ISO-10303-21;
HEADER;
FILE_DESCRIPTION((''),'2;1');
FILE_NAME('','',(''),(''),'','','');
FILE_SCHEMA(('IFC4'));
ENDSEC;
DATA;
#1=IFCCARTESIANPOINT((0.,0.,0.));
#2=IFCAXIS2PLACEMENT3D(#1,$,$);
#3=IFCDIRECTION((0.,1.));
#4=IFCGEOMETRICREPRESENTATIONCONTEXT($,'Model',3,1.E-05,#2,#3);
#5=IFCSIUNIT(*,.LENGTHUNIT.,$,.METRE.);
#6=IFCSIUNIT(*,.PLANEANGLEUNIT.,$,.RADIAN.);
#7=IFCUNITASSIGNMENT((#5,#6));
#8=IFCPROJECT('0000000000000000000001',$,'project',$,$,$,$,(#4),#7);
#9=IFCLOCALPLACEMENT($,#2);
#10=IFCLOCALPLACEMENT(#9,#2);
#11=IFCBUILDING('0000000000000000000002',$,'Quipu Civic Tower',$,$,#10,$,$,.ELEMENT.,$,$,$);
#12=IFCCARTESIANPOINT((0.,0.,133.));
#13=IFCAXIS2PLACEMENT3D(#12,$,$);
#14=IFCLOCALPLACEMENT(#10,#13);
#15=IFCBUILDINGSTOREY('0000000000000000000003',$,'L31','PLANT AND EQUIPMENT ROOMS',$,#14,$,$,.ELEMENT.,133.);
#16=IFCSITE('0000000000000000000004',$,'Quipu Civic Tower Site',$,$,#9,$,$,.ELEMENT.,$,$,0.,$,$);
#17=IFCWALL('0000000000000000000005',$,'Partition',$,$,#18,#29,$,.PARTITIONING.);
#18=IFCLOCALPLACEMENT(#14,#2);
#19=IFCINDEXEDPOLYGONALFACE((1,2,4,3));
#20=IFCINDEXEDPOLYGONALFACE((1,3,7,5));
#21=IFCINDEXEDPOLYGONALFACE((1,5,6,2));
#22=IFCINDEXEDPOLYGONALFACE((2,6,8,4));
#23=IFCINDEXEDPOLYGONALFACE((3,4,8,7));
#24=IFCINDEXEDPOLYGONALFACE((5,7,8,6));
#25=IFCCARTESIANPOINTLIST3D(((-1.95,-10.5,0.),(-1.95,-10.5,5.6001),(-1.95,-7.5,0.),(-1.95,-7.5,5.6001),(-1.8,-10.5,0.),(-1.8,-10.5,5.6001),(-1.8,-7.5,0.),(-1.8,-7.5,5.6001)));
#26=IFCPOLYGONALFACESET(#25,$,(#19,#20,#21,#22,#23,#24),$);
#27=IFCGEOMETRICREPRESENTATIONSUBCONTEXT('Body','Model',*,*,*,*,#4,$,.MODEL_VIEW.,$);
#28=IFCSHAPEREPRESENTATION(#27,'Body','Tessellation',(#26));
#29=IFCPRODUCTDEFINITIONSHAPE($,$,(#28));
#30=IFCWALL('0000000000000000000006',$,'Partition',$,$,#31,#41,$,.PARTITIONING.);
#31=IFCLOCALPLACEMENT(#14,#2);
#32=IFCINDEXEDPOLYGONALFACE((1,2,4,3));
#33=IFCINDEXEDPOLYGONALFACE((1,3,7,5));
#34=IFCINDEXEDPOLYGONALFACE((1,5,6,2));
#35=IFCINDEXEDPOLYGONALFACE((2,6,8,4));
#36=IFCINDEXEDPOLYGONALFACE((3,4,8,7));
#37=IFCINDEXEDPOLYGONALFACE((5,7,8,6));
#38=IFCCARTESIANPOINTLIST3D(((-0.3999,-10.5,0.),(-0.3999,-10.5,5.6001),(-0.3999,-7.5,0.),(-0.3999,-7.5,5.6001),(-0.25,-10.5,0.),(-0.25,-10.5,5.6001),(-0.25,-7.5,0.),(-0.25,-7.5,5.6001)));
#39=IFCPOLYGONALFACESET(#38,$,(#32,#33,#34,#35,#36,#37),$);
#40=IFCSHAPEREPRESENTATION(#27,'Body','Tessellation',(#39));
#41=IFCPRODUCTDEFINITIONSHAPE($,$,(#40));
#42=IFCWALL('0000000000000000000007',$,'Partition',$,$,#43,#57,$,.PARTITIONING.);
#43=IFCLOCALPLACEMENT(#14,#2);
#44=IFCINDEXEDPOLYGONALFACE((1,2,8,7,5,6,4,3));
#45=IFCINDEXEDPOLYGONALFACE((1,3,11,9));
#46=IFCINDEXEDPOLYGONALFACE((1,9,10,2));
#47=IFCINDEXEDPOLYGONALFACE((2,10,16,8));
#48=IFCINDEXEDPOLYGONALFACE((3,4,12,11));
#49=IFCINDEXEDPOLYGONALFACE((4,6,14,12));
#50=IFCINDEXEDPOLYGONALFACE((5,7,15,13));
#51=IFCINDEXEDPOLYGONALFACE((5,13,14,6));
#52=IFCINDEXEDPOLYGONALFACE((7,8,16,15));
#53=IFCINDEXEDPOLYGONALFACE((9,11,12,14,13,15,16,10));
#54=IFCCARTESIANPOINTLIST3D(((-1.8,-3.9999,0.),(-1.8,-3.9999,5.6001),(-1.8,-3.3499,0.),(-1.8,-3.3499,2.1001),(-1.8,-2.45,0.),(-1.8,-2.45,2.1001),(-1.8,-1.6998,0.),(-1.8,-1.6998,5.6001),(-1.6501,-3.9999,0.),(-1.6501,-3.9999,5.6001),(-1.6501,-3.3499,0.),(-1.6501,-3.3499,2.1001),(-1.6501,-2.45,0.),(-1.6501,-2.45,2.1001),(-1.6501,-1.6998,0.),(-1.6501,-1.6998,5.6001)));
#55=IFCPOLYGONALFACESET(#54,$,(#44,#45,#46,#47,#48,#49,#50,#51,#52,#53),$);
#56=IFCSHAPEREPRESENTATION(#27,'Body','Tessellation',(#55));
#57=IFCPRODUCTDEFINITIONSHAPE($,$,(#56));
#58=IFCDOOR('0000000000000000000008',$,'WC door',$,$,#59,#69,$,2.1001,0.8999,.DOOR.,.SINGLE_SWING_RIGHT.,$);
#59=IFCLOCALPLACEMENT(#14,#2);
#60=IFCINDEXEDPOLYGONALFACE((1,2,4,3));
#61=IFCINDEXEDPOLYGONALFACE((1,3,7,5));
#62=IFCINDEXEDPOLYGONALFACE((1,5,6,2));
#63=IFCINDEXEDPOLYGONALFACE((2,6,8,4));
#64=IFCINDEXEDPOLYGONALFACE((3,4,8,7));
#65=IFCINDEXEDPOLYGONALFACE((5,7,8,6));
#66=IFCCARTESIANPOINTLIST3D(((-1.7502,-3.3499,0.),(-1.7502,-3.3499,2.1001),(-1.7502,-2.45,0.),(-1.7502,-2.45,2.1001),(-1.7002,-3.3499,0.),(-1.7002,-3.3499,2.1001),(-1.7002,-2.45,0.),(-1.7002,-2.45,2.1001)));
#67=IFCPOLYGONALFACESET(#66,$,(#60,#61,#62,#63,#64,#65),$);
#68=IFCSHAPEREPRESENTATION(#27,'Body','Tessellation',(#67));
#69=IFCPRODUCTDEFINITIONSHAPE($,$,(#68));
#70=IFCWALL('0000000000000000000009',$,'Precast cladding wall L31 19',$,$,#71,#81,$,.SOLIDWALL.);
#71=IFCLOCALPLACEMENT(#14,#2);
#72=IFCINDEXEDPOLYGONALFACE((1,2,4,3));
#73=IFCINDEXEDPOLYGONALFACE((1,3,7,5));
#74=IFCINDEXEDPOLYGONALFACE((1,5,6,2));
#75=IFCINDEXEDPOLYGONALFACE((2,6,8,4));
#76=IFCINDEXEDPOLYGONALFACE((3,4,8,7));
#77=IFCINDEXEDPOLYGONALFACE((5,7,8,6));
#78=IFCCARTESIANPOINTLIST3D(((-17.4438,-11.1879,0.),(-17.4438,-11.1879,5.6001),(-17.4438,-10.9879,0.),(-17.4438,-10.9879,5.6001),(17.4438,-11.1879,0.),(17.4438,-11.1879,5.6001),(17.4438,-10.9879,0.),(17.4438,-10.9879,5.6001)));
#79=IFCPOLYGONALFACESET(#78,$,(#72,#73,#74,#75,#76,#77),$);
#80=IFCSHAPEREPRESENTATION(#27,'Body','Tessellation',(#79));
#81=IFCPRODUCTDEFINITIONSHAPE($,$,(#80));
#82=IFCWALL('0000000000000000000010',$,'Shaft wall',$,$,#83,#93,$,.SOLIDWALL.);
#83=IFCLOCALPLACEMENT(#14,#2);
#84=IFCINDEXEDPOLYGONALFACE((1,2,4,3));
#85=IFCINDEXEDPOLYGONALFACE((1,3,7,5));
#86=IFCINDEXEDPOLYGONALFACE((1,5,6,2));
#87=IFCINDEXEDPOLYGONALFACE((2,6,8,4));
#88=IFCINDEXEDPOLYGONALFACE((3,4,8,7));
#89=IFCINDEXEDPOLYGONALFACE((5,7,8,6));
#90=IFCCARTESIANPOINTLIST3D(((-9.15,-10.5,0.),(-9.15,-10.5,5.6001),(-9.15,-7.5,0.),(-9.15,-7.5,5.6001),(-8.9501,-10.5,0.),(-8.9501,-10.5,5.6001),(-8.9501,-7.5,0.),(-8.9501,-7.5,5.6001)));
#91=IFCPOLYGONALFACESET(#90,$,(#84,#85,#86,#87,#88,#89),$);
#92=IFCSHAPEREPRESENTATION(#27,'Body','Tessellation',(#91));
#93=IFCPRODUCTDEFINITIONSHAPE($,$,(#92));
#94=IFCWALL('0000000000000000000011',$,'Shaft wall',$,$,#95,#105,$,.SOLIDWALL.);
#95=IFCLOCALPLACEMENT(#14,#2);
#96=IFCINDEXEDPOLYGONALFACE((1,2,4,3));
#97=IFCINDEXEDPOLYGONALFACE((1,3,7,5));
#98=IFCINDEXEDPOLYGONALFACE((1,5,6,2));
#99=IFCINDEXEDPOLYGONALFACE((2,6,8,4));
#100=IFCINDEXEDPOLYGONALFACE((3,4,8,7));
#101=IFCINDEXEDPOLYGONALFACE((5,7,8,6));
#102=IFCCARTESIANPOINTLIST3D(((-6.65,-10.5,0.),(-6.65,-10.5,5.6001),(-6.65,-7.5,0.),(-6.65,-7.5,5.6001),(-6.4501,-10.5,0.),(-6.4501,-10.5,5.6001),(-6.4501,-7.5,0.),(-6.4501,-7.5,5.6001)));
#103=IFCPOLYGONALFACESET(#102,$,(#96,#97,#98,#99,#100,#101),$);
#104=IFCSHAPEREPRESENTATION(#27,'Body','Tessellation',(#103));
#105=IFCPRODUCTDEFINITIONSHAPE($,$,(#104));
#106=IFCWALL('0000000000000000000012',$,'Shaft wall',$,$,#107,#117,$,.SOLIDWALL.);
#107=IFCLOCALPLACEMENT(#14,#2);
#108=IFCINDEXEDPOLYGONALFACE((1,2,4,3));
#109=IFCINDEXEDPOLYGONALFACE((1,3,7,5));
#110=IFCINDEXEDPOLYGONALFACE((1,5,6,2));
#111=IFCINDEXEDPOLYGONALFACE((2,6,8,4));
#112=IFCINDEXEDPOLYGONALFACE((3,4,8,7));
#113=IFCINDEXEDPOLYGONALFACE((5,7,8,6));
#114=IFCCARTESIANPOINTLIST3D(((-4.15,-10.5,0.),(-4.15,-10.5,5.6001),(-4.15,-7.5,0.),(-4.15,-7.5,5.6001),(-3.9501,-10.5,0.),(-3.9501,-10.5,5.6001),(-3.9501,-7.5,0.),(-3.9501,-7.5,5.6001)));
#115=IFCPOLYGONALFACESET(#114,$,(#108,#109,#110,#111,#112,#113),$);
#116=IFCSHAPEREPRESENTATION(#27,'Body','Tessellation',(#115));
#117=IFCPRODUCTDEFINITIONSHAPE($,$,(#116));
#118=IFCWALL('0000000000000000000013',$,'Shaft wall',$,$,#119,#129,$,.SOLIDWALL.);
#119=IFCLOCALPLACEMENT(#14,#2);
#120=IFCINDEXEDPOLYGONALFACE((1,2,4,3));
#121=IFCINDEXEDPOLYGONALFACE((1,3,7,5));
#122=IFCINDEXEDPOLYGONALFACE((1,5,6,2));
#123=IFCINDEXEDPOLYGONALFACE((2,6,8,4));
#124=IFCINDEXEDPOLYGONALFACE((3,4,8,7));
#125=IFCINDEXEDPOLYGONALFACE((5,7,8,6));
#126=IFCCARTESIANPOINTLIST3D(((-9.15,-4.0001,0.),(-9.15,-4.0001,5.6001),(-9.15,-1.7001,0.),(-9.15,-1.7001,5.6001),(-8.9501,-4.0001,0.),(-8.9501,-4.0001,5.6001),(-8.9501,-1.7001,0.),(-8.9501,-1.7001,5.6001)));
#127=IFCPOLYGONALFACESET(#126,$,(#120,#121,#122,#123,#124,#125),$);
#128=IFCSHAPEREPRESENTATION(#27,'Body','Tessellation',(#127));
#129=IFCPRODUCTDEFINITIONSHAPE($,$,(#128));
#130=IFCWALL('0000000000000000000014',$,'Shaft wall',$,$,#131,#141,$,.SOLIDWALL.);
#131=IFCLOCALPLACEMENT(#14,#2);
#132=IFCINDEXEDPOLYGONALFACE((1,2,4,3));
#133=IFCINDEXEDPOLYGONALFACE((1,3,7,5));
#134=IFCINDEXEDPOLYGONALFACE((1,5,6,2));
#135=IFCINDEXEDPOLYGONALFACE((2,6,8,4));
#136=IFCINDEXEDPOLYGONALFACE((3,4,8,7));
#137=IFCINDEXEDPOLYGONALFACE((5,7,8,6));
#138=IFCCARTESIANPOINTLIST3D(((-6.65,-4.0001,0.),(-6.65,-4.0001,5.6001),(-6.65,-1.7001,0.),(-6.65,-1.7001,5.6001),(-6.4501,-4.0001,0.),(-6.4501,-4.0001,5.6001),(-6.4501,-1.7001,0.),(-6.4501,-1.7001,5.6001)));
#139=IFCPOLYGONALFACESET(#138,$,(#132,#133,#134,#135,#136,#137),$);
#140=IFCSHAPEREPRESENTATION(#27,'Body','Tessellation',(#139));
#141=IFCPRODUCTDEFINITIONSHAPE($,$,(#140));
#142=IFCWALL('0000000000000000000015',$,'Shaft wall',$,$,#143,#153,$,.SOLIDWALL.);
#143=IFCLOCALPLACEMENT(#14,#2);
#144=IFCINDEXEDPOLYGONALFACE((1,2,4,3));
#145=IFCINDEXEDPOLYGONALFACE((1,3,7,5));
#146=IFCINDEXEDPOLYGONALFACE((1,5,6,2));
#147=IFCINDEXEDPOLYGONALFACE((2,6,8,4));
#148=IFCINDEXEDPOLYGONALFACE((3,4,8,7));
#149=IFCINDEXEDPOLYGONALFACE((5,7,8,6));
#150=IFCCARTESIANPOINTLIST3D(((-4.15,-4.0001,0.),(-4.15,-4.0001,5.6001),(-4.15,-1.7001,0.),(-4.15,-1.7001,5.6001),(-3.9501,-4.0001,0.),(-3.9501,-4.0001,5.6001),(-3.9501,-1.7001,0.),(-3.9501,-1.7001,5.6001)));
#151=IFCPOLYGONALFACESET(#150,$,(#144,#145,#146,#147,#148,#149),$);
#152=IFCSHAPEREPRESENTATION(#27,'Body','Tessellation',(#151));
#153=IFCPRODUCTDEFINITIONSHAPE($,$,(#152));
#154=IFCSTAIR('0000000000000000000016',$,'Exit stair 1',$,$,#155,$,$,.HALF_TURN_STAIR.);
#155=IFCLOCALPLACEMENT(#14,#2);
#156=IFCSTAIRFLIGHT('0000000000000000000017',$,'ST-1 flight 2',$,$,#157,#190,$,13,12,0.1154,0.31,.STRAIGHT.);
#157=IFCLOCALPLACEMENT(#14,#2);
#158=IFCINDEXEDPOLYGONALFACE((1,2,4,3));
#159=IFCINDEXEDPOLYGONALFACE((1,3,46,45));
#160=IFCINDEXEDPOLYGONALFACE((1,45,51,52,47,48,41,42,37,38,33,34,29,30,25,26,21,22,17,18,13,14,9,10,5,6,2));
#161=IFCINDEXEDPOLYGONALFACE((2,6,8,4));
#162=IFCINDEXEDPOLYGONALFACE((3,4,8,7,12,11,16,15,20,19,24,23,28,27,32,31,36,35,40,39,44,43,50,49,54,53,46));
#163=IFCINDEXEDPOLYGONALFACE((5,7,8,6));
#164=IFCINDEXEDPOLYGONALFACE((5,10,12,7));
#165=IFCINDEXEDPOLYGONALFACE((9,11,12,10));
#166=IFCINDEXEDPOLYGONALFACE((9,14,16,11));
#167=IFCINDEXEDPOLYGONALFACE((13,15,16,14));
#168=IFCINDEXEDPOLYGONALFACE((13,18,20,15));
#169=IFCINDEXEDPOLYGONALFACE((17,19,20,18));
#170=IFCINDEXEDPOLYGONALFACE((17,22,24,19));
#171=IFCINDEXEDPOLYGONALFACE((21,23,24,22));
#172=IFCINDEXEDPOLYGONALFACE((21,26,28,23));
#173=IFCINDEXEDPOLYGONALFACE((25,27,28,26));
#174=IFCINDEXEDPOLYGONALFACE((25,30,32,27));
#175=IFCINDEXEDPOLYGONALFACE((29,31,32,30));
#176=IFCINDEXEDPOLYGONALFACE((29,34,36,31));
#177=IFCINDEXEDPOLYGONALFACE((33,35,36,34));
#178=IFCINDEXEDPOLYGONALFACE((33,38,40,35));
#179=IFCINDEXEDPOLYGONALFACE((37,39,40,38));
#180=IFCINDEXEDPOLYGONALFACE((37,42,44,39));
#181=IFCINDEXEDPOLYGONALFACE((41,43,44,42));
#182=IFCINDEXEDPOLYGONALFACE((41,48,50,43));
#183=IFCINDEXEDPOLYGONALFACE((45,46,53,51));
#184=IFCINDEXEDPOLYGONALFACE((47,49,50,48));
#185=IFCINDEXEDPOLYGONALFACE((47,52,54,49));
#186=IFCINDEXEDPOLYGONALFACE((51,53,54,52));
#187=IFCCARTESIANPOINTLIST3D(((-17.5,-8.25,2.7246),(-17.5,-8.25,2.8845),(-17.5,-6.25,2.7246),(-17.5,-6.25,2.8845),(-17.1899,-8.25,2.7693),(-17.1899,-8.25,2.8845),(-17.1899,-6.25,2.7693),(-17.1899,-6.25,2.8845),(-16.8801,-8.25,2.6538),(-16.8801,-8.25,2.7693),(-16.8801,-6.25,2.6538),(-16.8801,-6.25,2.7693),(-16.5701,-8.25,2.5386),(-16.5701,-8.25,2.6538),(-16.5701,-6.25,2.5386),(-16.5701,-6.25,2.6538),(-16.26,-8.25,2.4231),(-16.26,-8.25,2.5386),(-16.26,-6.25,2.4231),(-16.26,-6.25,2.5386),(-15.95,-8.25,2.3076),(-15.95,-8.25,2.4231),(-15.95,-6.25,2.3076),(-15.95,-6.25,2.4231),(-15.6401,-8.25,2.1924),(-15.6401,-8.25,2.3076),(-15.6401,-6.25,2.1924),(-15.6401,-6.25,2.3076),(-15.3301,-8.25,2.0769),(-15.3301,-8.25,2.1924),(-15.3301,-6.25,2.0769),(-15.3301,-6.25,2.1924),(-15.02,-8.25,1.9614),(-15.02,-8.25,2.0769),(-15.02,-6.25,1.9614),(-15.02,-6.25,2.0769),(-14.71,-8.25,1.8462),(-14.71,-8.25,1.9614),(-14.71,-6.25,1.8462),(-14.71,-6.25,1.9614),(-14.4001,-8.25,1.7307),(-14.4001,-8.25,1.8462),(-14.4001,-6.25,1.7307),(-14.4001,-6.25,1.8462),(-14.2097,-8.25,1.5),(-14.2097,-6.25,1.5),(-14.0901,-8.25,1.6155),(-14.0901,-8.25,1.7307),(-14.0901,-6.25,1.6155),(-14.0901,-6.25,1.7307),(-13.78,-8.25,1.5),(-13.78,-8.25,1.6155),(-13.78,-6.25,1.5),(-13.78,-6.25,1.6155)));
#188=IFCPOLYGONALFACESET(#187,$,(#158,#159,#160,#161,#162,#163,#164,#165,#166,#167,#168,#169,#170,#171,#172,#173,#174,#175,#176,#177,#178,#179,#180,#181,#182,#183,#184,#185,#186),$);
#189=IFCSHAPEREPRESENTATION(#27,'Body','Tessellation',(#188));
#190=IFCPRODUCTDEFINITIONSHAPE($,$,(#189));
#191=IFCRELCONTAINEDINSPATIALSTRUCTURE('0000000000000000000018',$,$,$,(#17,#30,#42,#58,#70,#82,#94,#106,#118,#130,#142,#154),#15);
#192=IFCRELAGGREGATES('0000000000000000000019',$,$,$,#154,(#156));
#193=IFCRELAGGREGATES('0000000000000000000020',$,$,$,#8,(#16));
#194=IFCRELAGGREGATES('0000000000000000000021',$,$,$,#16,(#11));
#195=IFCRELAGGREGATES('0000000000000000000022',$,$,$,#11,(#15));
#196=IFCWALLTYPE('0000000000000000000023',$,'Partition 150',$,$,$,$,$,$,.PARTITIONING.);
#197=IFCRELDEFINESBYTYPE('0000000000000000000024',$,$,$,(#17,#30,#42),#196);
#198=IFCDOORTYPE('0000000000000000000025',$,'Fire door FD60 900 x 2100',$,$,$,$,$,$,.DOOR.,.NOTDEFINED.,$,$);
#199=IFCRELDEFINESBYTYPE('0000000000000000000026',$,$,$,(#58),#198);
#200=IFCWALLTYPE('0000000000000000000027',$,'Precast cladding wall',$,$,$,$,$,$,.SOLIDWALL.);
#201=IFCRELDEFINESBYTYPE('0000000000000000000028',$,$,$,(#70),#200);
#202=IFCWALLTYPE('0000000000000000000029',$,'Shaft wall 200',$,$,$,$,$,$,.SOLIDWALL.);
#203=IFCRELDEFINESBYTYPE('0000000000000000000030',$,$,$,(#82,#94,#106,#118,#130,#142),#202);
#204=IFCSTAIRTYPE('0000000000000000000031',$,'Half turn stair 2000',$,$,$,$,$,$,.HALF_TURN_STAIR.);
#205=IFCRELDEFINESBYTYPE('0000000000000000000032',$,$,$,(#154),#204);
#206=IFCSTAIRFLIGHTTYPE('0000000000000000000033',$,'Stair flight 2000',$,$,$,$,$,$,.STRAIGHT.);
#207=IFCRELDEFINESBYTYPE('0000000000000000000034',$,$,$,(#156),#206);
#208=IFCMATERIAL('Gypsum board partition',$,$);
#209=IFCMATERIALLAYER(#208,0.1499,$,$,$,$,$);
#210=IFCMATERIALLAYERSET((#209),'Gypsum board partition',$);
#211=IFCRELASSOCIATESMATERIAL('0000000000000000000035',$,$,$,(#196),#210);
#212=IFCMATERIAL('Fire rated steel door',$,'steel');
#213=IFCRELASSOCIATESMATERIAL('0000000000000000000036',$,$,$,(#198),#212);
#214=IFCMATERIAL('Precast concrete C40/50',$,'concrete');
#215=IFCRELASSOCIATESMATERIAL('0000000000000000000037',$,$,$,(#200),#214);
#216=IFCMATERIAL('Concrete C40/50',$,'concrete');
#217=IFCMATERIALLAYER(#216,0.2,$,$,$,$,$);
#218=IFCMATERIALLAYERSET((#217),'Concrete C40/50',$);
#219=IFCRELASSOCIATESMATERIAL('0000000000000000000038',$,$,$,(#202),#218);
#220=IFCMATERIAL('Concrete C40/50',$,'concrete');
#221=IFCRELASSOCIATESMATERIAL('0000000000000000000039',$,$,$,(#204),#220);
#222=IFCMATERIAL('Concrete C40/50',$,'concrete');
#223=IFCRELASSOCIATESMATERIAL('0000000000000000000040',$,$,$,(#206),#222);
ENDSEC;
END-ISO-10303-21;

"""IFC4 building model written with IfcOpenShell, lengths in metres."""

from ifc_helpers import new_model, si_unit, direction, frame, frame_2d, origin, place, context, subcontext, project, spatial, polyline, rectangle, outline, extrude, material, layer, layer_set, type_object, element, fill, aggregate, save


model = new_model("IFC4")

# Units and contexts
model_context = context("Model", 3, precision=1e-05, world=origin(), true_north=direction((0.0, 1.0)))
body_context = subcontext(model_context, "Body", "Model", "MODEL_VIEW")
ifc_project = project(units=[si_unit("LENGTHUNIT", "METRE"), si_unit("PLANEANGLEUNIT", "RADIAN")], contexts=[model_context])

# Site, building, storey
site_placement = place(None, origin())
site = spatial("IfcSite", under=ifc_project, at=site_placement, Name="Quipu Civic Tower Site", CompositionType="ELEMENT", RefElevation=0.0)
building_placement = place(site_placement, origin())
building = spatial("IfcBuilding", under=site, at=building_placement, Name="Quipu Civic Tower", CompositionType="ELEMENT")
storey_placement = place(building_placement, frame((0.0, 0.0, 133.0)))
storey = spatial("IfcBuildingStorey", under=building, at=storey_placement, Name="L31", Description="PLANT AND EQUIPMENT ROOMS", CompositionType="ELEMENT", Elevation=133.0)

# Walls
ifc_material_1 = material(Name="Gypsum board partition")
ifc_layer_1 = layer(ifc_material_1, 0.1499)
ifc_layer_set_1 = layer_set([ifc_layer_1], Name="Gypsum board partition")
wall_type_1 = type_object("IfcWallType", Name="Partition 150", PredefinedType="PARTITIONING", material=ifc_layer_set_1)
for number, where, z_axis, x_axis, name in (
    (1, (-1.875, -10.5, 0.0), (0.0, 0.0, 1.0), (0.0, 1.0, 0.0), "Partition"),
    (2, (-0.325, -10.5, 0.0), (0.0, 0.0, 1.0), (0.0, 1.0, 0.0), "Partition"),
):
    element("IfcWall", number, at=place(storey_placement, frame(where, z_axis=z_axis, x_axis=x_axis)), inside=storey, type_object=wall_type_1, Name=name, PredefinedType="PARTITIONING", context=body_context, shape_type="SweptSolid", body=[
        extrude(rectangle(XDim=3.0, YDim=0.1499, at=frame_2d((1.5, 0.0))), origin(), (0.0, 0.0, 1.0), 5.6001),
    ])

# Wall, opening, door
wall_1_placement = place(storey_placement, frame((-1.7251, -1.7, 0.0), z_axis=(0.0, 0.0, 1.0), x_axis=(0.0, -1.0, 0.0)))
wall_1 = element("IfcWall", 3, at=wall_1_placement, inside=storey, type_object=wall_type_1, Name="Partition", PredefinedType="PARTITIONING", context=body_context, shape_type="SweptSolid", body=[
    extrude(rectangle(XDim=2.3, YDim=0.1499, at=frame_2d((1.1499, 0.0))), origin(), (0.0, 0.0, 1.0), 5.6001),
])
opening_1_placement = place(wall_1_placement, frame((0.75, 0.0, 0.0)))
opening_1 = element("IfcOpeningElement", 4, at=opening_1_placement, cuts=wall_1, PredefinedType="OPENING", context=body_context, shape_type="SweptSolid", body=[
    extrude(rectangle(XDim=0.8999, YDim=2.1001, at=frame_2d((0.45, 1.05))), frame((0.0, 0.085, 0.0), z_axis=(0.0, -1.0, 0.0), x_axis=(1.0, 0.0, 0.0)), (0.0, 0.0, 1.0), 0.1699),
])
ifc_material_2 = material(Name="Fire rated steel door", Category="steel")
door_type_1 = type_object("IfcDoorType", Name="Fire door FD60 900 x 2100", OperationType="NOTDEFINED", PredefinedType="DOOR", material=ifc_material_2)
door_1_placement = place(opening_1_placement, origin())
door_1 = element("IfcDoor", 5, at=door_1_placement, inside=storey, type_object=door_type_1, Name="WC door", OperationType="SINGLE_SWING_RIGHT", OverallHeight=2.1001, OverallWidth=0.8999, PredefinedType="DOOR", context=body_context, shape_type="SweptSolid", body=[
    extrude(rectangle(XDim=0.8999, YDim=2.1001, at=frame_2d((0.45, 1.05))), frame((0.0, 0.0249, 0.0), z_axis=(0.0, -1.0, 0.0), x_axis=(1.0, 0.0, 0.0)), (0.0, 0.0, 1.0), 0.05),
])
fill(opening_1, door_1)

# Walls
ifc_material_3 = material(Name="Precast concrete C40/50", Category="concrete")
wall_type_2 = type_object("IfcWallType", Name="Precast cladding wall", PredefinedType="SOLIDWALL", material=ifc_material_3)
wall_2_placement = place(storey_placement, frame((-17.4438, -11.0879, 0.0), z_axis=(0.0, 0.0, 1.0), x_axis=(1.0, 0.0, 0.0)))
element("IfcWall", 6, at=wall_2_placement, inside=storey, type_object=wall_type_2, Name="Precast cladding wall L31 19", PredefinedType="SOLIDWALL", context=body_context, shape_type="SweptSolid", body=[
    extrude(rectangle(XDim=34.8877, YDim=0.2, at=frame_2d((17.4438, 0.0))), origin(), (0.0, 0.0, 1.0), 5.6001),
])
ifc_material_4 = material(Name="Concrete C40/50", Category="concrete")
ifc_layer_2 = layer(ifc_material_4, 0.2)
ifc_layer_set_2 = layer_set([ifc_layer_2], Name="Concrete C40/50")
wall_type_3 = type_object("IfcWallType", Name="Shaft wall 200", PredefinedType="SOLIDWALL", material=ifc_layer_set_2)
for number, where, z_axis, x_axis, name in (
    (7, (-9.05, -10.5, 0.0), (0.0, 0.0, 1.0), (0.0, 1.0, 0.0), "Shaft wall"),
    (8, (-6.55, -10.5, 0.0), (0.0, 0.0, 1.0), (0.0, 1.0, 0.0), "Shaft wall"),
    (9, (-4.05, -10.5, 0.0), (0.0, 0.0, 1.0), (0.0, 1.0, 0.0), "Shaft wall"),
):
    element("IfcWall", number, at=place(storey_placement, frame(where, z_axis=z_axis, x_axis=x_axis)), inside=storey, type_object=wall_type_3, Name=name, PredefinedType="SOLIDWALL", context=body_context, shape_type="SweptSolid", body=[
        extrude(rectangle(XDim=3.0, YDim=0.2, at=frame_2d((1.5, 0.0))), origin(), (0.0, 0.0, 1.0), 5.6001),
    ])
for number, where, z_axis, x_axis, name in (
    (10, (-9.05, -4.0, 0.0), (0.0, 0.0, 1.0), (0.0, 1.0, 0.0), "Shaft wall"),
    (11, (-6.55, -4.0, 0.0), (0.0, 0.0, 1.0), (0.0, 1.0, 0.0), "Shaft wall"),
    (12, (-4.05, -4.0, 0.0), (0.0, 0.0, 1.0), (0.0, 1.0, 0.0), "Shaft wall"),
):
    element("IfcWall", number, at=place(storey_placement, frame(where, z_axis=z_axis, x_axis=x_axis)), inside=storey, type_object=wall_type_3, Name=name, PredefinedType="SOLIDWALL", context=body_context, shape_type="SweptSolid", body=[
        extrude(rectangle(XDim=2.3, YDim=0.2, at=frame_2d((1.1499, 0.0))), origin(), (0.0, 0.0, 1.0), 5.6001),
    ])

# Stair, stair flight
ifc_material_5 = material(Name="Concrete C40/50", Category="concrete")
stair_type = type_object("IfcStairType", Name="Half turn stair 2000", PredefinedType="HALF_TURN_STAIR", material=ifc_material_5)
stair_placement = place(storey_placement, origin())
stair = element("IfcStair", 13, at=stair_placement, inside=storey, type_object=stair_type, Name="Exit stair 1", PredefinedType="HALF_TURN_STAIR")
ifc_material_6 = material(Name="Concrete C40/50", Category="concrete")
stair_flight_type = type_object("IfcStairFlightType", Name="Stair flight 2000", PredefinedType="STRAIGHT", material=ifc_material_6)
stair_flight_1_placement = place(storey_placement, frame((-13.78, -7.25, 1.5), z_axis=(0.0, 0.0, 1.0), x_axis=(-1.0, 0.0, 0.0)))
stair_flight_1 = element("IfcStairFlight", 14, at=stair_flight_1_placement, type_object=stair_flight_type, Name="ST-1 flight 2", NumberOfRisers=13, NumberOfTreads=12, PredefinedType="STRAIGHT", RiserHeight=0.1154, TreadLength=0.31, context=body_context, shape_type="SweptSolid", body=[
    extrude(outline(polyline([(0.0, 0.0), (0.0, 0.1155), (0.3101, 0.1155), (0.3101, 0.2307), (0.6201, 0.2307), (0.6201, 0.3462), (0.9299, 0.3462), (0.9299, 0.4614), (1.24, 0.4614), (1.24, 0.5769), (1.55, 0.5769), (1.55, 0.6924), (1.8601, 0.6924), (1.8601, 0.8076), (2.1699, 0.8076), (2.1699, 0.9231), (2.48, 0.9231), (2.48, 1.0386), (2.79, 1.0386), (2.79, 1.1538), (3.1001, 1.1538), (3.1001, 1.2693), (3.4099, 1.2693), (3.4099, 1.3845), (3.72, 1.3845), (3.72, 1.5), (3.72, 1.2246), (0.4297, 0.0), (0.0, 0.0)])), frame((0.0, 1.0, 0.0), z_axis=(0.0, -1.0, 0.0), x_axis=(1.0, 0.0, 0.0)), (0.0, 0.0, 1.0), 2.0),
])
aggregate(stair, [stair_flight_1])

save(model, "model.ifc")
